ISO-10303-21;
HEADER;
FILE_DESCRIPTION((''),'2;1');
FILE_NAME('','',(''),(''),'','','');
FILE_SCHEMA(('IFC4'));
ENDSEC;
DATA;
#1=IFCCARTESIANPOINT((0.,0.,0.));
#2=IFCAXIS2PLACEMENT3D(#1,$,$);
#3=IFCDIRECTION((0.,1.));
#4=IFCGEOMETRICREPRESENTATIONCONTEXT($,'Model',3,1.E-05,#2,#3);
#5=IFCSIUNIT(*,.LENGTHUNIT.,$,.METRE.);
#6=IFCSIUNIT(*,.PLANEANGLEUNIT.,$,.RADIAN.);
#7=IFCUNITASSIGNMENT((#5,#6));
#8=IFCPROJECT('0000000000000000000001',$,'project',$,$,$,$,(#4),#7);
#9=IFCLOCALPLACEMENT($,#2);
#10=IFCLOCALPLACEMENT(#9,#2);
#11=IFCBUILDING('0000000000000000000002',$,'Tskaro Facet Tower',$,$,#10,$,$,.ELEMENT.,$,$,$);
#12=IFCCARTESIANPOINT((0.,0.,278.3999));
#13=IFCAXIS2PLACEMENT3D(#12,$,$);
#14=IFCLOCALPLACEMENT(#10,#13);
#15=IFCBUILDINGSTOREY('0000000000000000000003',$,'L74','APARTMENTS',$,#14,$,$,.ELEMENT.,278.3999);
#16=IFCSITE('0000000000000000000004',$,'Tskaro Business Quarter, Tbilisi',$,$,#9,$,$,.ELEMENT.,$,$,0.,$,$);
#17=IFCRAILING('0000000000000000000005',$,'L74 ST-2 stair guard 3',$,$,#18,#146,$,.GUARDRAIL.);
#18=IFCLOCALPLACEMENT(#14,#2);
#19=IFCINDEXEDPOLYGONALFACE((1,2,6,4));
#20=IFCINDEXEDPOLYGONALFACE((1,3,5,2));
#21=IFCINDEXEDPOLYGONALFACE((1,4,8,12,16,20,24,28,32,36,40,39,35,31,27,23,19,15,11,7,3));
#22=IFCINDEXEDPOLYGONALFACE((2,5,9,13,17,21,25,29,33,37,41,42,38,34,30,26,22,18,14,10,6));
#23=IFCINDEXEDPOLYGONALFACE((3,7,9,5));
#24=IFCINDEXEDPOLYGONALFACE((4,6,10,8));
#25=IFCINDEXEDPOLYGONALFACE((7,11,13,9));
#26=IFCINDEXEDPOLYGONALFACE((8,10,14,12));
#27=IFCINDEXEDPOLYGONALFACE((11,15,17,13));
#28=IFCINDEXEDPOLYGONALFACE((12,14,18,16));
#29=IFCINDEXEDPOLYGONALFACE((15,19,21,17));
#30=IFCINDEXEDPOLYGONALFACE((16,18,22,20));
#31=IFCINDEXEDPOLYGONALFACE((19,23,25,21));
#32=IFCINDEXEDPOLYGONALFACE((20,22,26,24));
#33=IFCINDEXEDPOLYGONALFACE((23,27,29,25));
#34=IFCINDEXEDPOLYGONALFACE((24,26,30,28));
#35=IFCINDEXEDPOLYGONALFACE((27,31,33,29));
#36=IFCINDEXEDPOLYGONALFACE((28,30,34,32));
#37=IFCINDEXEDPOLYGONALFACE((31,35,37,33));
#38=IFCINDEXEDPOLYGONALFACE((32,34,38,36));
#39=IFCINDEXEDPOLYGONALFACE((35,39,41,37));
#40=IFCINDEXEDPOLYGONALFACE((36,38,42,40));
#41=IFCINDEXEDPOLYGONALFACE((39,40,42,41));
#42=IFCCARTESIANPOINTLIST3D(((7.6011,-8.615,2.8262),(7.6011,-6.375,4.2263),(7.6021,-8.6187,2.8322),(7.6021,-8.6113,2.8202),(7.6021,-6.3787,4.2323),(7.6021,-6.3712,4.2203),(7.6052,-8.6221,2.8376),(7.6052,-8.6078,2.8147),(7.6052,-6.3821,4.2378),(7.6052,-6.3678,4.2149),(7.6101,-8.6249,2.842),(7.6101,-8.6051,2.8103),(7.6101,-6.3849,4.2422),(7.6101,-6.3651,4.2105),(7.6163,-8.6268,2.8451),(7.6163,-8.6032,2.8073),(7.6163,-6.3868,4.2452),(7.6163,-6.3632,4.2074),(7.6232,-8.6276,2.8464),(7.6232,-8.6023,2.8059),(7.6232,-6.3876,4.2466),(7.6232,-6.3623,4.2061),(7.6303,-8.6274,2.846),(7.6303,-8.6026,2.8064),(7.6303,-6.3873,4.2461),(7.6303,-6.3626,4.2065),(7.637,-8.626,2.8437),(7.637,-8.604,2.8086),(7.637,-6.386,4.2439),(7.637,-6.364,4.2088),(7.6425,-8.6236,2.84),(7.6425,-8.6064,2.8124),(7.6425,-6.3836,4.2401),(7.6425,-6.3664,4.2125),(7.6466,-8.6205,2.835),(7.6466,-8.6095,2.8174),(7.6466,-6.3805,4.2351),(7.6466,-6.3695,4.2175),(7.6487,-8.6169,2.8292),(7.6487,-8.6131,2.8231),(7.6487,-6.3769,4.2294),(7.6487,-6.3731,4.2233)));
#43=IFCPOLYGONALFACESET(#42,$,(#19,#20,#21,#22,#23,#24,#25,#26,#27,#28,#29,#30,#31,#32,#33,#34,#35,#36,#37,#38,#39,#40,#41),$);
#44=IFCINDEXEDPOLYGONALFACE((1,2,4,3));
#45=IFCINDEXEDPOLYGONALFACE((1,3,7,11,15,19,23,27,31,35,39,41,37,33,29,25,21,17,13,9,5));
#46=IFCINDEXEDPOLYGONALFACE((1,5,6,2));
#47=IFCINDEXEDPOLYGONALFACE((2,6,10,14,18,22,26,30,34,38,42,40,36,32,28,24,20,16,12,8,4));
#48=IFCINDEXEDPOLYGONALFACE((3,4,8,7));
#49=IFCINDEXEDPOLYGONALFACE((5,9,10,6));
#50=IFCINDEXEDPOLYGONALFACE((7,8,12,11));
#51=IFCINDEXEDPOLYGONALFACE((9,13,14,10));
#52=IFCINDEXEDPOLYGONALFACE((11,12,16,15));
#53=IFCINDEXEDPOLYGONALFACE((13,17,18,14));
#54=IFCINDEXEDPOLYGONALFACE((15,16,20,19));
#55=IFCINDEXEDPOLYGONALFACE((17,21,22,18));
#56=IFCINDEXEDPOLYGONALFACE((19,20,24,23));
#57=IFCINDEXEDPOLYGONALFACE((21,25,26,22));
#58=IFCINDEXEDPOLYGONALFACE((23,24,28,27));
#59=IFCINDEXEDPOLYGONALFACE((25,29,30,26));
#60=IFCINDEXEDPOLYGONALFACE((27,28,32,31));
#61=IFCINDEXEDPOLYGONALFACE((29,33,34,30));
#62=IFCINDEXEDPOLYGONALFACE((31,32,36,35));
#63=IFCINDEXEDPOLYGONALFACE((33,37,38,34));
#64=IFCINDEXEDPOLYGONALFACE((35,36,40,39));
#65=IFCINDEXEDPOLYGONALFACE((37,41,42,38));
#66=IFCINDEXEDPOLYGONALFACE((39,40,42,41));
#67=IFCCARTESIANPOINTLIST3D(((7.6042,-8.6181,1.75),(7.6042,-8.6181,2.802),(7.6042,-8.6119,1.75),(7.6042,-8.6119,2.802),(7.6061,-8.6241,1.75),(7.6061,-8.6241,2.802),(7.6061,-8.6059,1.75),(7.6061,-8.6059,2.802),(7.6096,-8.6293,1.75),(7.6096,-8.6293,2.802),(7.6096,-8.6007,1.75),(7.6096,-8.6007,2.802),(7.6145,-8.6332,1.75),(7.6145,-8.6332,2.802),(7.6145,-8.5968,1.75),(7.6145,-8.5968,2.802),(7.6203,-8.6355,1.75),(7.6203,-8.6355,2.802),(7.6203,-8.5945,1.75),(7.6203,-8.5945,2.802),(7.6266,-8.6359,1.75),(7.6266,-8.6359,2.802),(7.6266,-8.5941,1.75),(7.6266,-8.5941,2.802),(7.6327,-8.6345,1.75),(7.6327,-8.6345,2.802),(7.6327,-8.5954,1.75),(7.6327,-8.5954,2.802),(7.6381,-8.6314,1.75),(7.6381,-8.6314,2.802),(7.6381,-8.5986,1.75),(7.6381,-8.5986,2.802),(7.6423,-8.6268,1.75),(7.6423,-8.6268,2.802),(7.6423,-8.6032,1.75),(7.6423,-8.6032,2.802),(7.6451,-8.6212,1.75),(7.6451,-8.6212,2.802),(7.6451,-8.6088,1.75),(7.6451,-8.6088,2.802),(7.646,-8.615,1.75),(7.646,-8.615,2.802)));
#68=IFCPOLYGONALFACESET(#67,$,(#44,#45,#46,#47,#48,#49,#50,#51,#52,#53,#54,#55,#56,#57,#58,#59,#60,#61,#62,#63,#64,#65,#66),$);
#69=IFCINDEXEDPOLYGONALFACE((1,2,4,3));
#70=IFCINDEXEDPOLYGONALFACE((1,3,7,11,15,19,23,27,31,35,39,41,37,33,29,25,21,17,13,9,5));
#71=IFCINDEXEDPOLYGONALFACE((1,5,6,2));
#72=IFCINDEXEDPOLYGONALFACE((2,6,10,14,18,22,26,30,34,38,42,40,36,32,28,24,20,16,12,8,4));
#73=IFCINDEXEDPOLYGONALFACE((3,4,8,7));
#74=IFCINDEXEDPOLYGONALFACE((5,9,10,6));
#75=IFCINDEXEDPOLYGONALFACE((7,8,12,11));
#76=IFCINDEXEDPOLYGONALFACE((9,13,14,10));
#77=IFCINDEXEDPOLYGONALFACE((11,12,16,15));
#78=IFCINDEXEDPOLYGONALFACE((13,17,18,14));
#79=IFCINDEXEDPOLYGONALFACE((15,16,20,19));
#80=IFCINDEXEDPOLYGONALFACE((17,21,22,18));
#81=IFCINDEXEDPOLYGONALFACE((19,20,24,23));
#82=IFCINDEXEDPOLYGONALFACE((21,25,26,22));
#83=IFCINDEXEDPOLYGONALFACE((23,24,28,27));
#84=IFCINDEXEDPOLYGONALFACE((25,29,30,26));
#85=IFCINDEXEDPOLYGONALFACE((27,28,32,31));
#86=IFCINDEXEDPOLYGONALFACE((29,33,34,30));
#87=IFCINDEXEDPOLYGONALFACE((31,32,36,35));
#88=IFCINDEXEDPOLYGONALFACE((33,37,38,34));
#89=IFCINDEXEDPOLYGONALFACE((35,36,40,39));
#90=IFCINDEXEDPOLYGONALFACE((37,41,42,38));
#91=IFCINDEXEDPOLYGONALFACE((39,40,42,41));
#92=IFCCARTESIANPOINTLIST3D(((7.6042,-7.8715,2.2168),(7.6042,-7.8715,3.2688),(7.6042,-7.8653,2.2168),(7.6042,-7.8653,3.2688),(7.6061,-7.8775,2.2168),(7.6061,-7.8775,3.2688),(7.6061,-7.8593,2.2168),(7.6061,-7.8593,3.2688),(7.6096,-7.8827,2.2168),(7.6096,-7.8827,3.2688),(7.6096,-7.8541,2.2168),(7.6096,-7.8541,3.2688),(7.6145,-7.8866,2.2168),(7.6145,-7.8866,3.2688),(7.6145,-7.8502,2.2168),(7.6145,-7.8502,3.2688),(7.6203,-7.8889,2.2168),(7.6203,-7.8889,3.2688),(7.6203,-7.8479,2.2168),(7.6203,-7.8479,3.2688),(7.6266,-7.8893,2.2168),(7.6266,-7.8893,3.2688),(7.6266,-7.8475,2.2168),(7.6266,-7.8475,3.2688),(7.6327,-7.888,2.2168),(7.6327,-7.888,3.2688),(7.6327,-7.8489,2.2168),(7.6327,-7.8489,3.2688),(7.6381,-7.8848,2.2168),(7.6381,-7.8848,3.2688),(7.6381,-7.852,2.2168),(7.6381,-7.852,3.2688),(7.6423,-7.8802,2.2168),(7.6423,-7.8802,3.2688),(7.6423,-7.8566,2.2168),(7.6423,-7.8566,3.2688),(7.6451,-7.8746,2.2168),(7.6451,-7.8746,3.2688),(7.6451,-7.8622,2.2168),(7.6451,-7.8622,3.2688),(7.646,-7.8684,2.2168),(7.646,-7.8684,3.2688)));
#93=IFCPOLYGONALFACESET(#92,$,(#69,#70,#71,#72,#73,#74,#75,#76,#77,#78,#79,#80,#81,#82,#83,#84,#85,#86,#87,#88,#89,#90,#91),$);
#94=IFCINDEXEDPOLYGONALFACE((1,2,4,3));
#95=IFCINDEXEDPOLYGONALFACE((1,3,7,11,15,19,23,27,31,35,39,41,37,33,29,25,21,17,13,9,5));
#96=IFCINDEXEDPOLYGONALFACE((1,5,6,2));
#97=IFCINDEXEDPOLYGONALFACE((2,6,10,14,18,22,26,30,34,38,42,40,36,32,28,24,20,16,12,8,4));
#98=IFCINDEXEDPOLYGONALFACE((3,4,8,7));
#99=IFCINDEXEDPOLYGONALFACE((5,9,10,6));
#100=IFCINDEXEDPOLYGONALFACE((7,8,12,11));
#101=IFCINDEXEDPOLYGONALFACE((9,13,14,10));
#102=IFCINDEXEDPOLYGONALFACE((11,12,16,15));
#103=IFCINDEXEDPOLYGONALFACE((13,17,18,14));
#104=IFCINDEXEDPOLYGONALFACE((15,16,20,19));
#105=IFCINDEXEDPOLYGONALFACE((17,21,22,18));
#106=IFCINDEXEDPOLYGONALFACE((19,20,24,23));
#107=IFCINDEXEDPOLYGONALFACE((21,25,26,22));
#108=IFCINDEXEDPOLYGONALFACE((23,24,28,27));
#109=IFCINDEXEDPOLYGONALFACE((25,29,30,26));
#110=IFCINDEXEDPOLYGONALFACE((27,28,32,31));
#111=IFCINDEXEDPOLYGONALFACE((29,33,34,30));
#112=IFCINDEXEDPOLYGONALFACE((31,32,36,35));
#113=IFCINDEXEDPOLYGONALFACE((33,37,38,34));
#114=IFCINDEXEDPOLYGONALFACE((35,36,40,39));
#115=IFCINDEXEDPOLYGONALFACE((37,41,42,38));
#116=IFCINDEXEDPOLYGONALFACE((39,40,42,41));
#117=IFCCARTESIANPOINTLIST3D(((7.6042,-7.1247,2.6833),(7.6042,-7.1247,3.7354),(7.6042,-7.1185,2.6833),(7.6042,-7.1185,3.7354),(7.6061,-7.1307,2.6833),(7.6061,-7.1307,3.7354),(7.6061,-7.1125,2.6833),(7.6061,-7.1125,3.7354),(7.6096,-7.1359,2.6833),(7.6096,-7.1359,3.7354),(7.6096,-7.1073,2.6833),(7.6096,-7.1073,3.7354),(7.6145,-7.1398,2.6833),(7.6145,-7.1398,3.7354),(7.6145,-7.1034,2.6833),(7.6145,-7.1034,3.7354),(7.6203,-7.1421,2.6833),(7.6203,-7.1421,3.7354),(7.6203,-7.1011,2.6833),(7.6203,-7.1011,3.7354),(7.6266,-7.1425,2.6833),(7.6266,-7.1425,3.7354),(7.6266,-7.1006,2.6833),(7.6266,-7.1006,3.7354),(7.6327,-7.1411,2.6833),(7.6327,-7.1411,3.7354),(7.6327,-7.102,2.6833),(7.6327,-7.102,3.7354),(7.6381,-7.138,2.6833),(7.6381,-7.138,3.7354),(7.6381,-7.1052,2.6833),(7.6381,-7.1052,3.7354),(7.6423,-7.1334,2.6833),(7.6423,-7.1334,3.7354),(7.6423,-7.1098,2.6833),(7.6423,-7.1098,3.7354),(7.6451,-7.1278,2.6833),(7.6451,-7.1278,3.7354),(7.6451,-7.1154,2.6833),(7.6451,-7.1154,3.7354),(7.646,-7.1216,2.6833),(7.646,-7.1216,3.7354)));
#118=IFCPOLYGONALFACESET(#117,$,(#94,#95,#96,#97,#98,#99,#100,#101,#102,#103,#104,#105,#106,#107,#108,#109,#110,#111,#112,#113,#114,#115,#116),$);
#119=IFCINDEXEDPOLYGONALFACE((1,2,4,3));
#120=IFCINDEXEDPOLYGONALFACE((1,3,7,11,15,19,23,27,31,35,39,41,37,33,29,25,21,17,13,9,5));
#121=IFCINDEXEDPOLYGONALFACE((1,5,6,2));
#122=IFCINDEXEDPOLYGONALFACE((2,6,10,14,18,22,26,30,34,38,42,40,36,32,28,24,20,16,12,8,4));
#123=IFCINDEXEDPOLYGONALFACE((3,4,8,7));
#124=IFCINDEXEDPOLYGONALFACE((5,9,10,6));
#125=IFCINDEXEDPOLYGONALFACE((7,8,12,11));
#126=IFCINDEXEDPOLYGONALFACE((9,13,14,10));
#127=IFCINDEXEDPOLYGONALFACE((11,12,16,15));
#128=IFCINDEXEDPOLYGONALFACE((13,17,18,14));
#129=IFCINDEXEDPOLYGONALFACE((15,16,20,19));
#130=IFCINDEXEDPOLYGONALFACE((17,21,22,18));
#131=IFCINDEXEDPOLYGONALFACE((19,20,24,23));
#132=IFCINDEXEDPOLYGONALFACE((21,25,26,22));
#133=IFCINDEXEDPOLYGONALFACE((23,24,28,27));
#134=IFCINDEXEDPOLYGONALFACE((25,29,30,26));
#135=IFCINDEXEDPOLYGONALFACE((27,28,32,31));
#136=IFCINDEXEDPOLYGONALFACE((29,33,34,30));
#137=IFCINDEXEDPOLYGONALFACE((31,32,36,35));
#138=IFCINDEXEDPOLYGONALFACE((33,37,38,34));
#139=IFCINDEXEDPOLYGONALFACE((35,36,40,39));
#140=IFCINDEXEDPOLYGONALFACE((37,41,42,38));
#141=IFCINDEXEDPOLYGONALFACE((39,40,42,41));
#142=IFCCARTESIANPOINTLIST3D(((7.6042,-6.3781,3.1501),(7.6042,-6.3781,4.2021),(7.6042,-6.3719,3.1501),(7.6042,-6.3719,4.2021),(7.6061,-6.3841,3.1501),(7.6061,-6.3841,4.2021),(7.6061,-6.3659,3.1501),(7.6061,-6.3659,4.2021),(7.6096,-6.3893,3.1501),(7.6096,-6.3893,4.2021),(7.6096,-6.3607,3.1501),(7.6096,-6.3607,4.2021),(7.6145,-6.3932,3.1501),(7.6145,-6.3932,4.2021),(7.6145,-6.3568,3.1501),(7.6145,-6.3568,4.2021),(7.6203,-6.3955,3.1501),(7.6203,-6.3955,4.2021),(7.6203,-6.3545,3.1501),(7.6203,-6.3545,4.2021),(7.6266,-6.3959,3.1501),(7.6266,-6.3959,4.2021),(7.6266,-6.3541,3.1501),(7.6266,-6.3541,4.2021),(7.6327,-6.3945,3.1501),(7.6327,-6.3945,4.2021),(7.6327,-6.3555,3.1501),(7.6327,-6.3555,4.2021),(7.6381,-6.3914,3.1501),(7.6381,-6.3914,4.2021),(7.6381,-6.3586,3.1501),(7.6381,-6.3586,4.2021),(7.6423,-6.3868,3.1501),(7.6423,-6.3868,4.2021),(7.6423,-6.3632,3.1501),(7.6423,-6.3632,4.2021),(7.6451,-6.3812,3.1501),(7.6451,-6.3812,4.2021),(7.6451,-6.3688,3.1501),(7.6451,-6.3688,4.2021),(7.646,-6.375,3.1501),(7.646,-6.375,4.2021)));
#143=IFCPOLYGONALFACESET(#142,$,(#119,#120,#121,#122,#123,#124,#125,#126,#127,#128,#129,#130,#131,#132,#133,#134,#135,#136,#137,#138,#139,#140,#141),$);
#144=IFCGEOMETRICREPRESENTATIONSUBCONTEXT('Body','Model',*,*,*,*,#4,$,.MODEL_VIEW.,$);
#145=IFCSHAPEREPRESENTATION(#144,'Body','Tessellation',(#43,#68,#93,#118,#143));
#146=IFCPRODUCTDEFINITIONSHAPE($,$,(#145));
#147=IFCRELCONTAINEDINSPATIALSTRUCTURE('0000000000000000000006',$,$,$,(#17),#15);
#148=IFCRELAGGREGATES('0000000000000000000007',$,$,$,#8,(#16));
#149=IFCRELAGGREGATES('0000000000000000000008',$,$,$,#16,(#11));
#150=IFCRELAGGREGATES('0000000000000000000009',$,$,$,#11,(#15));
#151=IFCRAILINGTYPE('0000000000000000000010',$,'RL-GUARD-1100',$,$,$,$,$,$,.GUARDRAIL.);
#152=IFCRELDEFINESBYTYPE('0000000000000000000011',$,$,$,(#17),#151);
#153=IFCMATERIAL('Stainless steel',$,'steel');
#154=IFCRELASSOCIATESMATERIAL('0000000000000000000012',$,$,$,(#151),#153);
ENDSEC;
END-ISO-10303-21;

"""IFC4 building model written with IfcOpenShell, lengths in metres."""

from ifc_helpers import new_model, si_unit, direction, frame, origin, origin_2d, place, context, subcontext, project, spatial, circle, extrude, material, type_object, element, save


model = new_model("IFC4")

# Units and contexts
model_context = context("Model", 3, precision=1e-05, world=origin(), true_north=direction((0.0, 1.0)))
body_context = subcontext(model_context, "Body", "Model", "MODEL_VIEW")
ifc_project = project(units=[si_unit("LENGTHUNIT", "METRE"), si_unit("PLANEANGLEUNIT", "RADIAN")], contexts=[model_context])

# Site, building, storey
site_placement = place(None, origin())
site = spatial("IfcSite", under=ifc_project, at=site_placement, Name="Tskaro Business Quarter, Tbilisi", CompositionType="ELEMENT", RefElevation=0.0)
building_placement = place(site_placement, origin())
building = spatial("IfcBuilding", under=site, at=building_placement, Name="Tskaro Facet Tower", CompositionType="ELEMENT")
storey_placement = place(building_placement, frame((0.0, 0.0, 278.3999)))
storey = spatial("IfcBuildingStorey", under=building, at=storey_placement, Name="L74", Description="APARTMENTS", CompositionType="ELEMENT", Elevation=278.3999)

# Railing
ifc_material_1 = material(Name="Stainless steel", Category="steel")
railing_type_1 = type_object("IfcRailingType", Name="RL-GUARD-1100", PredefinedType="GUARDRAIL", material=ifc_material_1)
railing_1_placement = place(storey_placement, frame((7.625, -8.615, 1.75)))
element("IfcRailing", 1, at=railing_1_placement, inside=storey, type_object=railing_type_1, Name="L74 ST-2 stair guard 3", PredefinedType="GUARDRAIL", context=body_context, shape_type="SweptSolid", body=[
    extrude(circle(Radius=0.0239, at=origin_2d()), frame((0.0, 0.0, 1.0762), z_axis=(0.0, 0.847972, 0.53004), x_axis=(-1.0, 0.0, 0.0)), (0.0, 0.0, 1.0), 2.6416),
    extrude(circle(Radius=0.021, at=origin_2d()), origin(), (0.0, 0.0, 1.0), 1.052),
    extrude(circle(Radius=0.021, at=origin_2d()), frame((0.0, 0.7466, 0.4668)), (0.0, 0.0, 1.0), 1.052),
    extrude(circle(Radius=0.021, at=origin_2d()), frame((0.0, 1.4934, 0.9333)), (0.0, 0.0, 1.0), 1.052),
    extrude(circle(Radius=0.021, at=origin_2d()), frame((0.0, 2.24, 1.4001)), (0.0, 0.0, 1.0), 1.052),
])

save(model, "model.ifc")
